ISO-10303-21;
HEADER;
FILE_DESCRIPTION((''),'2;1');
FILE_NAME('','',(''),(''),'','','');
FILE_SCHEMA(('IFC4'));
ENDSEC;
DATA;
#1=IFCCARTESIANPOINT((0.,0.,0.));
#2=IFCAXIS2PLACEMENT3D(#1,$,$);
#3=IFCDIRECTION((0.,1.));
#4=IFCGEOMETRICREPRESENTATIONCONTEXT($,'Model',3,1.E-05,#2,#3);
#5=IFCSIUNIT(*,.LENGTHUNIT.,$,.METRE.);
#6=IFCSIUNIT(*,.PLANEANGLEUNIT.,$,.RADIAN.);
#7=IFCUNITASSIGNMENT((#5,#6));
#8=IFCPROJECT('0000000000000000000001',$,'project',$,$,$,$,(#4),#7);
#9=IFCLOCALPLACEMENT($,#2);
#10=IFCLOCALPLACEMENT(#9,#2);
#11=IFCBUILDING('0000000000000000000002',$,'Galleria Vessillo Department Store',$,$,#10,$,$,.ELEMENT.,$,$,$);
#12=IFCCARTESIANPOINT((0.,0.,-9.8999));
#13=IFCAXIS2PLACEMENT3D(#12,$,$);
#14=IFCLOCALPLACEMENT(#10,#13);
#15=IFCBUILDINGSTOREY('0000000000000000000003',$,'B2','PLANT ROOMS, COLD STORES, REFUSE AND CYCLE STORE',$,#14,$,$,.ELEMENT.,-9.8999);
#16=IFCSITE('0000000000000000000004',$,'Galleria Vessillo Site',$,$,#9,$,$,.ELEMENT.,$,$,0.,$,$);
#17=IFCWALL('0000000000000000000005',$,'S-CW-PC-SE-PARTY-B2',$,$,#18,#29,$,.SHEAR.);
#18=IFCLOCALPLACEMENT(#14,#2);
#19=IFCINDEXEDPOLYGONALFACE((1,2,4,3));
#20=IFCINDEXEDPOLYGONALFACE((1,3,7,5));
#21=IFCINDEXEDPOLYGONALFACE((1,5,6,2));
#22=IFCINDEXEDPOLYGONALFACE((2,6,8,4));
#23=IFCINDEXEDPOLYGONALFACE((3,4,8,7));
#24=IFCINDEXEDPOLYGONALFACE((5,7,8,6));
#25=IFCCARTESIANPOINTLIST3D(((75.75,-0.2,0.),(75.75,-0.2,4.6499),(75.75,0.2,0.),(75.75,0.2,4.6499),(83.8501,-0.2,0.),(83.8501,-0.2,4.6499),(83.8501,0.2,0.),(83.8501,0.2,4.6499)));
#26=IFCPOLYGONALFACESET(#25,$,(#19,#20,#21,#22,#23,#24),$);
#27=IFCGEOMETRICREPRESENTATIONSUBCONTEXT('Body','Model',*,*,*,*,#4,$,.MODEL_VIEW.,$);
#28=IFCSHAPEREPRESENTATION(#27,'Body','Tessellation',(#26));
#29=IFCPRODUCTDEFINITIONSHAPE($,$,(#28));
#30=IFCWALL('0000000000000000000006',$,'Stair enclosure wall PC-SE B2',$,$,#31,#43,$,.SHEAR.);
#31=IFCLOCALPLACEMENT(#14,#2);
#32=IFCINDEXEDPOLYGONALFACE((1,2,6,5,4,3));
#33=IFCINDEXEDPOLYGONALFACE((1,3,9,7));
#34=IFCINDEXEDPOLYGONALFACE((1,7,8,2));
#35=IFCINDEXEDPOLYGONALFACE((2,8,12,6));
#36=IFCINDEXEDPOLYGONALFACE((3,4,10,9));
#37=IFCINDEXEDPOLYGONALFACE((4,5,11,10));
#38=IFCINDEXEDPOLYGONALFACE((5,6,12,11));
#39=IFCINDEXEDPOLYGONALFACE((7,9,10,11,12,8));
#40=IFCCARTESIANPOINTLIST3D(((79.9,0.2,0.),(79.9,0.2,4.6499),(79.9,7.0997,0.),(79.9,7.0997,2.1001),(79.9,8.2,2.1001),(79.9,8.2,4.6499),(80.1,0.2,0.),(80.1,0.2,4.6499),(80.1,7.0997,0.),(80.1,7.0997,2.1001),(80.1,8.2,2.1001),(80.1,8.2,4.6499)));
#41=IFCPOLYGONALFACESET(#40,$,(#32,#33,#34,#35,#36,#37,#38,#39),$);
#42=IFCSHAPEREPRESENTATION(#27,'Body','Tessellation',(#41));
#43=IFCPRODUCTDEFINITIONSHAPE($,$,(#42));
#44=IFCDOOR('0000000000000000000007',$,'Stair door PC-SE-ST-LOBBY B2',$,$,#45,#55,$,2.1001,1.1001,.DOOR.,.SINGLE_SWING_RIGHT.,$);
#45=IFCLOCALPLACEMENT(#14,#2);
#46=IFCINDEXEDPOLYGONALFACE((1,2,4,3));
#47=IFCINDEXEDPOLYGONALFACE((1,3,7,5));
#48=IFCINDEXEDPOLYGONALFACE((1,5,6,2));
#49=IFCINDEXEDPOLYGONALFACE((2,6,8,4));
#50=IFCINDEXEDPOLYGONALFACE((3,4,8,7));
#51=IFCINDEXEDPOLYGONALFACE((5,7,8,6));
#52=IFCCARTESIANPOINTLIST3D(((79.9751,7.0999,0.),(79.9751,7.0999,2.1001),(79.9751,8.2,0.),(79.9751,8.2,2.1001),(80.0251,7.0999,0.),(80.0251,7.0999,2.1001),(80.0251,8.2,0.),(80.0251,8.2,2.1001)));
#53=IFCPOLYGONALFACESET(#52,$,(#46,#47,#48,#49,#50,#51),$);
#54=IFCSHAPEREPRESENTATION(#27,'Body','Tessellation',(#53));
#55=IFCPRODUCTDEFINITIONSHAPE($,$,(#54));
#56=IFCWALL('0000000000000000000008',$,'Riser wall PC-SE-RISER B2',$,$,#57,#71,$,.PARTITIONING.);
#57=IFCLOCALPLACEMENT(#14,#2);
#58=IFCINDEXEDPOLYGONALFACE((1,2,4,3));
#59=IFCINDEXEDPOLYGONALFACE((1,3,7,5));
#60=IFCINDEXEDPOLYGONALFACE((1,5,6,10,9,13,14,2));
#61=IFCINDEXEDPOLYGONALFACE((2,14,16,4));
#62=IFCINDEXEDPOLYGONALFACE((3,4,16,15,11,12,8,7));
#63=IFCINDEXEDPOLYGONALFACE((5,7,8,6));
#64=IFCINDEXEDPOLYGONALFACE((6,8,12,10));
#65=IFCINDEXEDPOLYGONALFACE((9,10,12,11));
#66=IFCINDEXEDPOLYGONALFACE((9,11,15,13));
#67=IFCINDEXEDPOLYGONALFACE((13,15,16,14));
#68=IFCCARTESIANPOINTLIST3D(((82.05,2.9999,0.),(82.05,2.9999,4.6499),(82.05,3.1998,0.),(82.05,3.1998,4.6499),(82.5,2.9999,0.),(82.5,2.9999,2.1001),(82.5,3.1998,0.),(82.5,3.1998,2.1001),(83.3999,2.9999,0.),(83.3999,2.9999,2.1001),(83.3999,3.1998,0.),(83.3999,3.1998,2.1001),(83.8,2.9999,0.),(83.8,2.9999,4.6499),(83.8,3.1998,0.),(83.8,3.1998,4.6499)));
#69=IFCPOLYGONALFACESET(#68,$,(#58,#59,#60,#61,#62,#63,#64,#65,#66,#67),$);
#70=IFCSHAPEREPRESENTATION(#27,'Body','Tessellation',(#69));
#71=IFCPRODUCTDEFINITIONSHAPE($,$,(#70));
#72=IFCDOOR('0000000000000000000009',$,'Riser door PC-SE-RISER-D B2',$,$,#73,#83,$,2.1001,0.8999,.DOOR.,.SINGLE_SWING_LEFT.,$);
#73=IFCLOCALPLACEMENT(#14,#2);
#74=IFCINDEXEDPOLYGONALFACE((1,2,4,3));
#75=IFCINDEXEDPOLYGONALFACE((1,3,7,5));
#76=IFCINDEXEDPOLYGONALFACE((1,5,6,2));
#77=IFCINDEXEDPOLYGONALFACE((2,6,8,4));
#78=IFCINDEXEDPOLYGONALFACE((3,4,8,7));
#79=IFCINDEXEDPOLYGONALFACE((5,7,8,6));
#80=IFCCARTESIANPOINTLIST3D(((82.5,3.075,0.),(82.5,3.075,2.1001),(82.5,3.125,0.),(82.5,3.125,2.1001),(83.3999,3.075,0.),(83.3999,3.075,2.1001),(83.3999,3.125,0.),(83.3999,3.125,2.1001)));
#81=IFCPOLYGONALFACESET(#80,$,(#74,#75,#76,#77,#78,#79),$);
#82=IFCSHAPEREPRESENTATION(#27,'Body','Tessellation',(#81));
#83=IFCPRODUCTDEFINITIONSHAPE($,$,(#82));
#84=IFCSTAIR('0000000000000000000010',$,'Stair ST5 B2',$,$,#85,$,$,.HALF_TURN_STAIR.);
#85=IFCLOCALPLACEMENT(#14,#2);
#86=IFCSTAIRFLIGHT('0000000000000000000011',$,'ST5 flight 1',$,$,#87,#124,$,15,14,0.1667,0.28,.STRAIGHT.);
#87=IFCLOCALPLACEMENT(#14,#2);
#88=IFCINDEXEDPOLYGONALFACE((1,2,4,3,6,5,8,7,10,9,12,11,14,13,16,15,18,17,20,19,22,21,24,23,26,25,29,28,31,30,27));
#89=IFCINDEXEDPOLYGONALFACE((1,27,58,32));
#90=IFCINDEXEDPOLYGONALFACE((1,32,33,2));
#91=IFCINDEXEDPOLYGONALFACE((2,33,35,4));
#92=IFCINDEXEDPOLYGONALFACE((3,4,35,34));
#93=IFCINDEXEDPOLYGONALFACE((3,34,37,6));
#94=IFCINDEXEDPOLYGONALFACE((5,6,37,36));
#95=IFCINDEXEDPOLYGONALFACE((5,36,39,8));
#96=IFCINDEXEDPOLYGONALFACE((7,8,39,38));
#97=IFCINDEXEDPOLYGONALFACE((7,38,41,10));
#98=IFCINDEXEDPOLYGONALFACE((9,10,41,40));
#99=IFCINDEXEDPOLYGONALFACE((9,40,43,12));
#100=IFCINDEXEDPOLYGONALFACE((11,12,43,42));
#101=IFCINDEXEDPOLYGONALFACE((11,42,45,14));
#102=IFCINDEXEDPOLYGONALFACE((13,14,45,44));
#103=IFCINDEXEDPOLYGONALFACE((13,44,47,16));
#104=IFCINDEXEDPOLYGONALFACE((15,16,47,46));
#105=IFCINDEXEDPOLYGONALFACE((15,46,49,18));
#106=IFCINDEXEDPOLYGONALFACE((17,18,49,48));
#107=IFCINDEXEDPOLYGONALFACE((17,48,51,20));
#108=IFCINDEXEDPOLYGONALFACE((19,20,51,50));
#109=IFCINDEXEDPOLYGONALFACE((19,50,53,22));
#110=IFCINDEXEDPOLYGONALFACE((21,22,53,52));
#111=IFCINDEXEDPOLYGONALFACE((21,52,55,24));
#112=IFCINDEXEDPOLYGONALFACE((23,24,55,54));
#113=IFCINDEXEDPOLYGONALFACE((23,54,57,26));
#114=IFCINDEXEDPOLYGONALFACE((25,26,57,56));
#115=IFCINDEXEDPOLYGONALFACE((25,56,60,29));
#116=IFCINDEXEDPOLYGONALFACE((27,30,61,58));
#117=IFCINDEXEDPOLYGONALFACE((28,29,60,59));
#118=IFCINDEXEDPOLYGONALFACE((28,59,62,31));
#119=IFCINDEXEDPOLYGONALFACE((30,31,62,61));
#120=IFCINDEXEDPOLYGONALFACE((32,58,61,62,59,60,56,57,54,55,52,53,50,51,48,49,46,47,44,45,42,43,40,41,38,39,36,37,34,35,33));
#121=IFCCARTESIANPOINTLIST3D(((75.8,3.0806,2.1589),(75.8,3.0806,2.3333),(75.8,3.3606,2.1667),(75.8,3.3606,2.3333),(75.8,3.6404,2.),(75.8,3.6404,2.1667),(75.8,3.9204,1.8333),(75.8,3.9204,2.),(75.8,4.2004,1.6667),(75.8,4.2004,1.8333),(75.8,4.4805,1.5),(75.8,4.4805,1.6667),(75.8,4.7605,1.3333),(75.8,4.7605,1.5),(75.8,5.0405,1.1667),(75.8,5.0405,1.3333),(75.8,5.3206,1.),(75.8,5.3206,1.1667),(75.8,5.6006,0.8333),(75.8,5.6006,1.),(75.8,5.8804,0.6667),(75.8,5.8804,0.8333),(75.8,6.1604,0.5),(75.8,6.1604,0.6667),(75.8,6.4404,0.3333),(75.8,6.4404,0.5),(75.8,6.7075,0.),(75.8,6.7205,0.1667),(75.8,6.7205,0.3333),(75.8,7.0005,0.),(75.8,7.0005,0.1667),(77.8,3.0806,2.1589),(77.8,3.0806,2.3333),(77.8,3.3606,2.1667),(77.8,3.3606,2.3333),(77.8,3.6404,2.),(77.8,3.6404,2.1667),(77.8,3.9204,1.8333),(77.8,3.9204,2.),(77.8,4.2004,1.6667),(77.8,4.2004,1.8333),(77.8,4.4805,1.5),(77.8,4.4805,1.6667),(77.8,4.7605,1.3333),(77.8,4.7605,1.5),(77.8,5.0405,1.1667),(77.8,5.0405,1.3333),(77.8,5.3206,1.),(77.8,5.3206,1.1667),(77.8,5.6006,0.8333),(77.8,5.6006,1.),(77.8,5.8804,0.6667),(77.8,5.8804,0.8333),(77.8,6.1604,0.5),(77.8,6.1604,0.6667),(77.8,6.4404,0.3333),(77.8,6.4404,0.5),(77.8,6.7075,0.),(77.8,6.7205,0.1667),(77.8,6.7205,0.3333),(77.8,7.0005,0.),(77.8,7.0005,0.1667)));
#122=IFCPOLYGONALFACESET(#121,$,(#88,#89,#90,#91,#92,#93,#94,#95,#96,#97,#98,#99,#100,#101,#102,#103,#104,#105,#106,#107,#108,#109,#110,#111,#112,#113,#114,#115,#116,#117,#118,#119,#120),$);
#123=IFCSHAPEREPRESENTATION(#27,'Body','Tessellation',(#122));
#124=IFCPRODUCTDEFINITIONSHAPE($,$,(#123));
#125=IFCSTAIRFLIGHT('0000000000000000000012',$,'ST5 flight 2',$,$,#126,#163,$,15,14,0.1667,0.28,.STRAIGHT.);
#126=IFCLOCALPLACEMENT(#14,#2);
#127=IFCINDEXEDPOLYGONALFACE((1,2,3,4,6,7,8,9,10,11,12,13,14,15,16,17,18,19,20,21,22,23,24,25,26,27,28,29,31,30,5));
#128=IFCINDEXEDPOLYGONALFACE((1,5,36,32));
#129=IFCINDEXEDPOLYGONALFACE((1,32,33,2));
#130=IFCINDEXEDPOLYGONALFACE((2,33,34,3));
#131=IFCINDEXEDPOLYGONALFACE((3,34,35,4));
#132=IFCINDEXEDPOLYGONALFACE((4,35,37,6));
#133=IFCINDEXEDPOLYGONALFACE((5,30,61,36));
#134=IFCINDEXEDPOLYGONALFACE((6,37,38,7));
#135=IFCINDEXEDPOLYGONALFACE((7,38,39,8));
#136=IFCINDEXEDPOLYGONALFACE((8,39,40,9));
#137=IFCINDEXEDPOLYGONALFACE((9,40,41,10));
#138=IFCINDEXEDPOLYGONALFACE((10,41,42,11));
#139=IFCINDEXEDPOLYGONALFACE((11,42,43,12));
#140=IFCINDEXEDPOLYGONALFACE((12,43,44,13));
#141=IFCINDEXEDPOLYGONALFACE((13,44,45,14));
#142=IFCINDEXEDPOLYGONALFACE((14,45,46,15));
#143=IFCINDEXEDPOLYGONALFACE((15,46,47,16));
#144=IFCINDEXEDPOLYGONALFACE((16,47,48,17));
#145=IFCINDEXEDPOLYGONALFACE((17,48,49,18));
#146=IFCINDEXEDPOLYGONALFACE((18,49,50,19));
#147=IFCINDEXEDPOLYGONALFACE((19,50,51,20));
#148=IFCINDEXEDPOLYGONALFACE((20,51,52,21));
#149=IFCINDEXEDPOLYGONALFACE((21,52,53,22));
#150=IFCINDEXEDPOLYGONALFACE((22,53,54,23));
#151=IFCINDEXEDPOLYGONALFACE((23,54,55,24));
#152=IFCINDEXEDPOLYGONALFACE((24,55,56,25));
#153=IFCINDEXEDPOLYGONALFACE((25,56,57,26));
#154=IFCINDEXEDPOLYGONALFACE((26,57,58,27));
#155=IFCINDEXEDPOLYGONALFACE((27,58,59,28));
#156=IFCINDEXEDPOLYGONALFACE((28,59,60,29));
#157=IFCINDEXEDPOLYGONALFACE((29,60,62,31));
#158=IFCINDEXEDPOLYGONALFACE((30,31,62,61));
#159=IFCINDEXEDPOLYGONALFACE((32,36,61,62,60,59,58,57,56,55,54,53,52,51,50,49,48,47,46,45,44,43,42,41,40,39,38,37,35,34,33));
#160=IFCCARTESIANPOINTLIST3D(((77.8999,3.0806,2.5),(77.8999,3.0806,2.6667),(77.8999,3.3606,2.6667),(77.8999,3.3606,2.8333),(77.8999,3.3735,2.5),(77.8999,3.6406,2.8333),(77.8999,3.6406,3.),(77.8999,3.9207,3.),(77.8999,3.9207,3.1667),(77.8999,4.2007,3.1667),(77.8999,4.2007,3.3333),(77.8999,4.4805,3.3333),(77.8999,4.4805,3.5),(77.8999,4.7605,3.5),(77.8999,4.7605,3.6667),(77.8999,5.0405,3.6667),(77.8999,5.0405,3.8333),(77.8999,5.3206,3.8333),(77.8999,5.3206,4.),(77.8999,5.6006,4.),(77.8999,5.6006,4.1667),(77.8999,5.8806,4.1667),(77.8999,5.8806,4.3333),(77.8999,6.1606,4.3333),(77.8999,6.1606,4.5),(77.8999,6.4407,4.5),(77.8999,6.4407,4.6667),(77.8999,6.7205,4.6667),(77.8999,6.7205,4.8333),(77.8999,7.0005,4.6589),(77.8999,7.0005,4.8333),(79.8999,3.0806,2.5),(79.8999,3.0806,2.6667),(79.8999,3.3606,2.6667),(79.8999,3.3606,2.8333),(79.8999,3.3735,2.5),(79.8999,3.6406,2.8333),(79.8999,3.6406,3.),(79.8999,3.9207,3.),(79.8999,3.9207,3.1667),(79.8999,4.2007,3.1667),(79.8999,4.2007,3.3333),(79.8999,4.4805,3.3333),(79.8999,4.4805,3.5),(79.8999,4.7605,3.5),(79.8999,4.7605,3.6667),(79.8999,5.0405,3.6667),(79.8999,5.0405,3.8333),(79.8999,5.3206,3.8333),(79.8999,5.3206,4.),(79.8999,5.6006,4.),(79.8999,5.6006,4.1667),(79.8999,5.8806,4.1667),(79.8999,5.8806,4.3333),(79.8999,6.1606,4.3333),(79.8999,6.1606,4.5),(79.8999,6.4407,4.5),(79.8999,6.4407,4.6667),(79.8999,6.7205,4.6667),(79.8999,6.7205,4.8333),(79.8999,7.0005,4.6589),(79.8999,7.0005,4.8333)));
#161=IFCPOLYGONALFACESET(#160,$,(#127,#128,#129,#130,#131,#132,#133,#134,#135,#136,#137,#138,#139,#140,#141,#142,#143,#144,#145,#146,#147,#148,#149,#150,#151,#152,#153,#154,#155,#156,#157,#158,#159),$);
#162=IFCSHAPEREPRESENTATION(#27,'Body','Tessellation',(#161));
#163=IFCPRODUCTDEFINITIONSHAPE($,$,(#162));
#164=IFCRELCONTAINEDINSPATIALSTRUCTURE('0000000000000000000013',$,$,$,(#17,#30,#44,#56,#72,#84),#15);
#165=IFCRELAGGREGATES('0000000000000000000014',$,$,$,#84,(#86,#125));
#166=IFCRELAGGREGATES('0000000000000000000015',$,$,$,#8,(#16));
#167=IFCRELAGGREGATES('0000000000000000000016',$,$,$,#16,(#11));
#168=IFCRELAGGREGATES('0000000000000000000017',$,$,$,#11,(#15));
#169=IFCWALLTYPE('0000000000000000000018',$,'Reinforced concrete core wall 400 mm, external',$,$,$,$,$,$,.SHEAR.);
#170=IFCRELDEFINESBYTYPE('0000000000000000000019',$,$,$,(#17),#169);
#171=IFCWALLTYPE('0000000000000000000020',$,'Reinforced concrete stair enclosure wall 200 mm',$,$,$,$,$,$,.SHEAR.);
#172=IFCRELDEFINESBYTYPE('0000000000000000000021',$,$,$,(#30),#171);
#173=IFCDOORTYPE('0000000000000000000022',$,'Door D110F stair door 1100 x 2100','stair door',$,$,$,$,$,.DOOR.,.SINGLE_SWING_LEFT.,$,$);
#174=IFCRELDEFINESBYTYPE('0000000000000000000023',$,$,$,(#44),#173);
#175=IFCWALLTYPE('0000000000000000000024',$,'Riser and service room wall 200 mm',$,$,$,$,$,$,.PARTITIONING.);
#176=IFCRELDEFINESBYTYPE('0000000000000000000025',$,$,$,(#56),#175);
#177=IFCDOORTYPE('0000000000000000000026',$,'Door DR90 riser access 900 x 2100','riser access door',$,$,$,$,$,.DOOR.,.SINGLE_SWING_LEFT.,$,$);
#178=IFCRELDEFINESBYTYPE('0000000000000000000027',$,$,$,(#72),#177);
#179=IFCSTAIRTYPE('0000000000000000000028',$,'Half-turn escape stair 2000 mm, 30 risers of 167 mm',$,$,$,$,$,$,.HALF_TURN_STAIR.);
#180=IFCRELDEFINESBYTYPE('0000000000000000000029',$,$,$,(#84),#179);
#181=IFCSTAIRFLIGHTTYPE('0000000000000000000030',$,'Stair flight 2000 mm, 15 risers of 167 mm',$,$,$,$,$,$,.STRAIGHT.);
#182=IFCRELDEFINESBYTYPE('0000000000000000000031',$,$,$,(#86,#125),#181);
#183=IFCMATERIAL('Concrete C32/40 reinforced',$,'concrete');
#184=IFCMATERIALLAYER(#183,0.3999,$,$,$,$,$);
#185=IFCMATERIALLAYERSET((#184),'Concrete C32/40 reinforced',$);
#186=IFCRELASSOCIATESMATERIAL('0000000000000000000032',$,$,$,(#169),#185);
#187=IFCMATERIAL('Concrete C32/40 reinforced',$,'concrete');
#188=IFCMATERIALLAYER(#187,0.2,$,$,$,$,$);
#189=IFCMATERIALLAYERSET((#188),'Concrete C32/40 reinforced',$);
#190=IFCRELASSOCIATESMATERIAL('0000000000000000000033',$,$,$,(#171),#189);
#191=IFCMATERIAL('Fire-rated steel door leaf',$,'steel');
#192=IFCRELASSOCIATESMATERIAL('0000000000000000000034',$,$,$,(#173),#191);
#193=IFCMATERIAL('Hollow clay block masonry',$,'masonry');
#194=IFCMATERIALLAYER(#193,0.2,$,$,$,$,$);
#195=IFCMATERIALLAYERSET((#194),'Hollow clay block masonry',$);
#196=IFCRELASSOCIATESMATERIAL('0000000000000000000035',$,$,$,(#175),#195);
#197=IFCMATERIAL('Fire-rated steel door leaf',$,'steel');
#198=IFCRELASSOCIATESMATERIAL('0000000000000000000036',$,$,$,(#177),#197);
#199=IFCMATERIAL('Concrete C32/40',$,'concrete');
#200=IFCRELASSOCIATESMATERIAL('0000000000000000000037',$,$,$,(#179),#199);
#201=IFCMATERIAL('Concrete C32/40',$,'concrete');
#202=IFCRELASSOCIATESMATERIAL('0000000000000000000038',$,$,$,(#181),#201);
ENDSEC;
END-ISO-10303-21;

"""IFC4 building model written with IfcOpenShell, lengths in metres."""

from ifc_helpers import new_model, si_unit, direction, frame, frame_2d, origin, place, context, subcontext, project, spatial, polyline, rectangle, outline, extrude, material, layer, layer_set, type_object, element, fill, aggregate, save


model = new_model("IFC4")

# Units and contexts
model_context = context("Model", 3, precision=1e-05, world=origin(), true_north=direction((0.0, 1.0)))
body_context = subcontext(model_context, "Body", "Model", "MODEL_VIEW")
ifc_project = project(units=[si_unit("LENGTHUNIT", "METRE"), si_unit("PLANEANGLEUNIT", "RADIAN")], contexts=[model_context])

# Site, building, storey
site_placement = place(None, origin())
site = spatial("IfcSite", under=ifc_project, at=site_placement, Name="Galleria Vessillo Site", CompositionType="ELEMENT", RefElevation=0.0)
building_placement = place(site_placement, origin())
building = spatial("IfcBuilding", under=site, at=building_placement, Name="Galleria Vessillo Department Store", CompositionType="ELEMENT")
storey_placement = place(building_placement, frame((0.0, 0.0, -9.8999)))
storey = spatial("IfcBuildingStorey", under=building, at=storey_placement, Name="B2", Description="PLANT ROOMS, COLD STORES, REFUSE AND CYCLE STORE", CompositionType="ELEMENT", Elevation=-9.8999)

# Wall
ifc_material_1 = material(Name="Concrete C32/40 reinforced", Category="concrete")
ifc_layer_1 = layer(ifc_material_1, 0.3999)
ifc_layer_set_1 = layer_set([ifc_layer_1], Name="Concrete C32/40 reinforced")
wall_type_1 = type_object("IfcWallType", Name="Reinforced concrete core wall 400 mm, external", PredefinedType="SHEAR", material=ifc_layer_set_1)
wall_1_placement = place(storey_placement, frame((75.75, 0.0, 0.0), z_axis=(0.0, 0.0, 1.0), x_axis=(1.0, 0.0, 0.0)))
element("IfcWall", 1, at=wall_1_placement, inside=storey, type_object=wall_type_1, Name="S-CW-PC-SE-PARTY-B2", PredefinedType="SHEAR", context=body_context, shape_type="SweptSolid", body=[
    extrude(rectangle(XDim=8.1001, YDim=0.3999, at=frame_2d((4.05, 0.0))), origin(), (0.0, 0.0, 1.0), 4.6499),
])

# Walls, openings, doors
ifc_material_2 = material(Name="Concrete C32/40 reinforced", Category="concrete")
ifc_layer_2 = layer(ifc_material_2, 0.2)
ifc_layer_set_2 = layer_set([ifc_layer_2], Name="Concrete C32/40 reinforced")
wall_type_2 = type_object("IfcWallType", Name="Reinforced concrete stair enclosure wall 200 mm", PredefinedType="SHEAR", material=ifc_layer_set_2)
wall_2_placement = place(storey_placement, frame((80.0, 0.2, 0.0), z_axis=(0.0, 0.0, 1.0), x_axis=(0.0, 1.0, 0.0)))
wall_2 = element("IfcWall", 2, at=wall_2_placement, inside=storey, type_object=wall_type_2, Name="Stair enclosure wall PC-SE B2", PredefinedType="SHEAR", context=body_context, shape_type="SweptSolid", body=[
    extrude(rectangle(XDim=8.0, YDim=0.2, at=frame_2d((4.0, 0.0))), origin(), (0.0, 0.0, 1.0), 4.6499),
])
opening_1_placement = place(wall_2_placement, frame((6.8999, 0.0, 0.0)))
opening_1 = element("IfcOpeningElement", 3, at=opening_1_placement, cuts=wall_2, PredefinedType="OPENING", context=body_context, shape_type="SweptSolid", body=[
    extrude(rectangle(XDim=1.1101, YDim=2.1001, at=frame_2d((0.5549, 1.05))), frame((0.0, 0.1099, 0.0), z_axis=(0.0, -1.0, 0.0), x_axis=(1.0, 0.0, 0.0)), (0.0, 0.0, 1.0), 0.22),
])
ifc_material_3 = material(Name="Fire-rated steel door leaf", Category="steel")
door_type_1 = type_object("IfcDoorType", Name="Door D110F stair door 1100 x 2100", Description="stair door", OperationType="SINGLE_SWING_LEFT", PredefinedType="DOOR", material=ifc_material_3)
door_1_placement = place(opening_1_placement, origin())
door_1 = element("IfcDoor", 4, at=door_1_placement, inside=storey, type_object=door_type_1, Name="Stair door PC-SE-ST-LOBBY B2", OperationType="SINGLE_SWING_RIGHT", OverallHeight=2.1001, OverallWidth=1.1001, PredefinedType="DOOR", context=body_context, shape_type="SweptSolid", body=[
    extrude(rectangle(XDim=1.1001, YDim=2.1001, at=frame_2d((0.55, 1.05))), frame((0.0, 0.0249, 0.0), z_axis=(0.0, -1.0, 0.0), x_axis=(1.0, 0.0, 0.0)), (0.0, 0.0, 1.0), 0.05),
])
fill(opening_1, door_1)
ifc_material_4 = material(Name="Hollow clay block masonry", Category="masonry")
ifc_layer_3 = layer(ifc_material_4, 0.2)
ifc_layer_set_3 = layer_set([ifc_layer_3], Name="Hollow clay block masonry")
wall_type_3 = type_object("IfcWallType", Name="Riser and service room wall 200 mm", PredefinedType="PARTITIONING", material=ifc_layer_set_3)
wall_3_placement = place(storey_placement, frame((82.05, 3.0999, 0.0), z_axis=(0.0, 0.0, 1.0), x_axis=(1.0, 0.0, 0.0)))
wall_3 = element("IfcWall", 5, at=wall_3_placement, inside=storey, type_object=wall_type_3, Name="Riser wall PC-SE-RISER B2", PredefinedType="PARTITIONING", context=body_context, shape_type="SweptSolid", body=[
    extrude(rectangle(XDim=1.75, YDim=0.2, at=frame_2d((0.875, 0.0))), origin(), (0.0, 0.0, 1.0), 4.6499),
])
opening_2_placement = place(wall_3_placement, frame((0.45, 0.0, 0.0)))
opening_2 = element("IfcOpeningElement", 6, at=opening_2_placement, cuts=wall_3, PredefinedType="OPENING", context=body_context, shape_type="SweptSolid", body=[
    extrude(rectangle(XDim=0.8999, YDim=2.1001, at=frame_2d((0.45, 1.05))), frame((0.0, 0.1099, 0.0), z_axis=(0.0, -1.0, 0.0), x_axis=(1.0, 0.0, 0.0)), (0.0, 0.0, 1.0), 0.22),
])
ifc_material_5 = material(Name="Fire-rated steel door leaf", Category="steel")
door_type_2 = type_object("IfcDoorType", Name="Door DR90 riser access 900 x 2100", Description="riser access door", OperationType="SINGLE_SWING_LEFT", PredefinedType="DOOR", material=ifc_material_5)
door_2_placement = place(opening_2_placement, frame((0.8999, 0.0, 0.0), z_axis=(0.0, 0.0, 1.0), x_axis=(-1.0, 0.0, 0.0)))
door_2 = element("IfcDoor", 7, at=door_2_placement, inside=storey, type_object=door_type_2, Name="Riser door PC-SE-RISER-D B2", OperationType="SINGLE_SWING_LEFT", OverallHeight=2.1001, OverallWidth=0.8999, PredefinedType="DOOR", context=body_context, shape_type="SweptSolid", body=[
    extrude(rectangle(XDim=0.8999, YDim=2.1001, at=frame_2d((0.45, 1.05))), frame((0.0, 0.0249, 0.0), z_axis=(0.0, -1.0, 0.0), x_axis=(1.0, 0.0, 0.0)), (0.0, 0.0, 1.0), 0.05),
])
fill(opening_2, door_2)

# Stair, stair flights
ifc_material_6 = material(Name="Concrete C32/40", Category="concrete")
stair_type = type_object("IfcStairType", Name="Half-turn escape stair 2000 mm, 30 risers of 167 mm", PredefinedType="HALF_TURN_STAIR", material=ifc_material_6)
stair_placement = place(storey_placement, origin())
stair = element("IfcStair", 8, at=stair_placement, inside=storey, type_object=stair_type, Name="Stair ST5 B2", PredefinedType="HALF_TURN_STAIR")
ifc_material_7 = material(Name="Concrete C32/40", Category="concrete")
stair_flight_type = type_object("IfcStairFlightType", Name="Stair flight 2000 mm, 15 risers of 167 mm", PredefinedType="STRAIGHT", material=ifc_material_7)
stair_flight_1_placement = place(storey_placement, frame((76.8, 7.0005, 0.0), z_axis=(0.0, 0.0, 1.0), x_axis=(0.0, -1.0, 0.0)))
stair_flight_1 = element("IfcStairFlight", 9, at=stair_flight_1_placement, type_object=stair_flight_type, Name="ST5 flight 1", NumberOfRisers=15, NumberOfTreads=14, PredefinedType="STRAIGHT", RiserHeight=0.1667, TreadLength=0.28, context=body_context, shape_type="SweptSolid", body=[
    extrude(outline(polyline([(0.0, 0.0), (0.0, 0.1667), (0.28, 0.1667), (0.28, 0.3333), (0.5601, 0.3333), (0.5601, 0.5), (0.8401, 0.5), (0.8401, 0.6667), (1.1201, 0.6667), (1.1201, 0.8333), (1.3999, 0.8333), (1.3999, 1.0), (1.6799, 1.0), (1.6799, 1.1667), (1.96, 1.1667), (1.96, 1.3333), (2.24, 1.3333), (2.24, 1.5), (2.52, 1.5), (2.52, 1.6667), (2.8, 1.6667), (2.8, 1.8333), (3.0801, 1.8333), (3.0801, 2.0), (3.3601, 2.0), (3.3601, 2.1667), (3.6399, 2.1667), (3.6399, 2.3333), (3.9199, 2.3333), (3.9199, 2.5), (3.9199, 2.1589), (0.293, 0.0), (0.0, 0.0)])), frame((0.0, 1.0, 0.0), z_axis=(0.0, -1.0, 0.0), x_axis=(1.0, 0.0, 0.0)), (0.0, 0.0, 1.0), 2.0),
])
stair_flight_2_placement = place(storey_placement, frame((78.8999, 3.0806, 2.5), z_axis=(0.0, 0.0, 1.0), x_axis=(0.0, 1.0, 0.0)))
stair_flight_2 = element("IfcStairFlight", 10, at=stair_flight_2_placement, type_object=stair_flight_type, Name="ST5 flight 2", NumberOfRisers=15, NumberOfTreads=14, PredefinedType="STRAIGHT", RiserHeight=0.1667, TreadLength=0.28, context=body_context, shape_type="SweptSolid", body=[
    extrude(outline(polyline([(0.0, 0.0), (0.0, 0.1667), (0.28, 0.1667), (0.28, 0.3333), (0.5601, 0.3333), (0.5601, 0.5), (0.8401, 0.5), (0.8401, 0.6667), (1.1201, 0.6667), (1.1201, 0.8333), (1.3999, 0.8333), (1.3999, 1.0), (1.6799, 1.0), (1.6799, 1.1667), (1.96, 1.1667), (1.96, 1.3333), (2.24, 1.3333), (2.24, 1.5), (2.52, 1.5), (2.52, 1.6667), (2.8, 1.6667), (2.8, 1.8333), (3.0801, 1.8333), (3.0801, 2.0), (3.3601, 2.0), (3.3601, 2.1667), (3.6399, 2.1667), (3.6399, 2.3333), (3.9199, 2.3333), (3.9199, 2.5), (3.9199, 2.1589), (0.293, 0.0), (0.0, 0.0)])), frame((0.0, 1.0, 0.0), z_axis=(0.0, -1.0, 0.0), x_axis=(1.0, 0.0, 0.0)), (0.0, 0.0, 1.0), 2.0),
])
aggregate(stair, [stair_flight_1, stair_flight_2])

save(model, "model.ifc")
